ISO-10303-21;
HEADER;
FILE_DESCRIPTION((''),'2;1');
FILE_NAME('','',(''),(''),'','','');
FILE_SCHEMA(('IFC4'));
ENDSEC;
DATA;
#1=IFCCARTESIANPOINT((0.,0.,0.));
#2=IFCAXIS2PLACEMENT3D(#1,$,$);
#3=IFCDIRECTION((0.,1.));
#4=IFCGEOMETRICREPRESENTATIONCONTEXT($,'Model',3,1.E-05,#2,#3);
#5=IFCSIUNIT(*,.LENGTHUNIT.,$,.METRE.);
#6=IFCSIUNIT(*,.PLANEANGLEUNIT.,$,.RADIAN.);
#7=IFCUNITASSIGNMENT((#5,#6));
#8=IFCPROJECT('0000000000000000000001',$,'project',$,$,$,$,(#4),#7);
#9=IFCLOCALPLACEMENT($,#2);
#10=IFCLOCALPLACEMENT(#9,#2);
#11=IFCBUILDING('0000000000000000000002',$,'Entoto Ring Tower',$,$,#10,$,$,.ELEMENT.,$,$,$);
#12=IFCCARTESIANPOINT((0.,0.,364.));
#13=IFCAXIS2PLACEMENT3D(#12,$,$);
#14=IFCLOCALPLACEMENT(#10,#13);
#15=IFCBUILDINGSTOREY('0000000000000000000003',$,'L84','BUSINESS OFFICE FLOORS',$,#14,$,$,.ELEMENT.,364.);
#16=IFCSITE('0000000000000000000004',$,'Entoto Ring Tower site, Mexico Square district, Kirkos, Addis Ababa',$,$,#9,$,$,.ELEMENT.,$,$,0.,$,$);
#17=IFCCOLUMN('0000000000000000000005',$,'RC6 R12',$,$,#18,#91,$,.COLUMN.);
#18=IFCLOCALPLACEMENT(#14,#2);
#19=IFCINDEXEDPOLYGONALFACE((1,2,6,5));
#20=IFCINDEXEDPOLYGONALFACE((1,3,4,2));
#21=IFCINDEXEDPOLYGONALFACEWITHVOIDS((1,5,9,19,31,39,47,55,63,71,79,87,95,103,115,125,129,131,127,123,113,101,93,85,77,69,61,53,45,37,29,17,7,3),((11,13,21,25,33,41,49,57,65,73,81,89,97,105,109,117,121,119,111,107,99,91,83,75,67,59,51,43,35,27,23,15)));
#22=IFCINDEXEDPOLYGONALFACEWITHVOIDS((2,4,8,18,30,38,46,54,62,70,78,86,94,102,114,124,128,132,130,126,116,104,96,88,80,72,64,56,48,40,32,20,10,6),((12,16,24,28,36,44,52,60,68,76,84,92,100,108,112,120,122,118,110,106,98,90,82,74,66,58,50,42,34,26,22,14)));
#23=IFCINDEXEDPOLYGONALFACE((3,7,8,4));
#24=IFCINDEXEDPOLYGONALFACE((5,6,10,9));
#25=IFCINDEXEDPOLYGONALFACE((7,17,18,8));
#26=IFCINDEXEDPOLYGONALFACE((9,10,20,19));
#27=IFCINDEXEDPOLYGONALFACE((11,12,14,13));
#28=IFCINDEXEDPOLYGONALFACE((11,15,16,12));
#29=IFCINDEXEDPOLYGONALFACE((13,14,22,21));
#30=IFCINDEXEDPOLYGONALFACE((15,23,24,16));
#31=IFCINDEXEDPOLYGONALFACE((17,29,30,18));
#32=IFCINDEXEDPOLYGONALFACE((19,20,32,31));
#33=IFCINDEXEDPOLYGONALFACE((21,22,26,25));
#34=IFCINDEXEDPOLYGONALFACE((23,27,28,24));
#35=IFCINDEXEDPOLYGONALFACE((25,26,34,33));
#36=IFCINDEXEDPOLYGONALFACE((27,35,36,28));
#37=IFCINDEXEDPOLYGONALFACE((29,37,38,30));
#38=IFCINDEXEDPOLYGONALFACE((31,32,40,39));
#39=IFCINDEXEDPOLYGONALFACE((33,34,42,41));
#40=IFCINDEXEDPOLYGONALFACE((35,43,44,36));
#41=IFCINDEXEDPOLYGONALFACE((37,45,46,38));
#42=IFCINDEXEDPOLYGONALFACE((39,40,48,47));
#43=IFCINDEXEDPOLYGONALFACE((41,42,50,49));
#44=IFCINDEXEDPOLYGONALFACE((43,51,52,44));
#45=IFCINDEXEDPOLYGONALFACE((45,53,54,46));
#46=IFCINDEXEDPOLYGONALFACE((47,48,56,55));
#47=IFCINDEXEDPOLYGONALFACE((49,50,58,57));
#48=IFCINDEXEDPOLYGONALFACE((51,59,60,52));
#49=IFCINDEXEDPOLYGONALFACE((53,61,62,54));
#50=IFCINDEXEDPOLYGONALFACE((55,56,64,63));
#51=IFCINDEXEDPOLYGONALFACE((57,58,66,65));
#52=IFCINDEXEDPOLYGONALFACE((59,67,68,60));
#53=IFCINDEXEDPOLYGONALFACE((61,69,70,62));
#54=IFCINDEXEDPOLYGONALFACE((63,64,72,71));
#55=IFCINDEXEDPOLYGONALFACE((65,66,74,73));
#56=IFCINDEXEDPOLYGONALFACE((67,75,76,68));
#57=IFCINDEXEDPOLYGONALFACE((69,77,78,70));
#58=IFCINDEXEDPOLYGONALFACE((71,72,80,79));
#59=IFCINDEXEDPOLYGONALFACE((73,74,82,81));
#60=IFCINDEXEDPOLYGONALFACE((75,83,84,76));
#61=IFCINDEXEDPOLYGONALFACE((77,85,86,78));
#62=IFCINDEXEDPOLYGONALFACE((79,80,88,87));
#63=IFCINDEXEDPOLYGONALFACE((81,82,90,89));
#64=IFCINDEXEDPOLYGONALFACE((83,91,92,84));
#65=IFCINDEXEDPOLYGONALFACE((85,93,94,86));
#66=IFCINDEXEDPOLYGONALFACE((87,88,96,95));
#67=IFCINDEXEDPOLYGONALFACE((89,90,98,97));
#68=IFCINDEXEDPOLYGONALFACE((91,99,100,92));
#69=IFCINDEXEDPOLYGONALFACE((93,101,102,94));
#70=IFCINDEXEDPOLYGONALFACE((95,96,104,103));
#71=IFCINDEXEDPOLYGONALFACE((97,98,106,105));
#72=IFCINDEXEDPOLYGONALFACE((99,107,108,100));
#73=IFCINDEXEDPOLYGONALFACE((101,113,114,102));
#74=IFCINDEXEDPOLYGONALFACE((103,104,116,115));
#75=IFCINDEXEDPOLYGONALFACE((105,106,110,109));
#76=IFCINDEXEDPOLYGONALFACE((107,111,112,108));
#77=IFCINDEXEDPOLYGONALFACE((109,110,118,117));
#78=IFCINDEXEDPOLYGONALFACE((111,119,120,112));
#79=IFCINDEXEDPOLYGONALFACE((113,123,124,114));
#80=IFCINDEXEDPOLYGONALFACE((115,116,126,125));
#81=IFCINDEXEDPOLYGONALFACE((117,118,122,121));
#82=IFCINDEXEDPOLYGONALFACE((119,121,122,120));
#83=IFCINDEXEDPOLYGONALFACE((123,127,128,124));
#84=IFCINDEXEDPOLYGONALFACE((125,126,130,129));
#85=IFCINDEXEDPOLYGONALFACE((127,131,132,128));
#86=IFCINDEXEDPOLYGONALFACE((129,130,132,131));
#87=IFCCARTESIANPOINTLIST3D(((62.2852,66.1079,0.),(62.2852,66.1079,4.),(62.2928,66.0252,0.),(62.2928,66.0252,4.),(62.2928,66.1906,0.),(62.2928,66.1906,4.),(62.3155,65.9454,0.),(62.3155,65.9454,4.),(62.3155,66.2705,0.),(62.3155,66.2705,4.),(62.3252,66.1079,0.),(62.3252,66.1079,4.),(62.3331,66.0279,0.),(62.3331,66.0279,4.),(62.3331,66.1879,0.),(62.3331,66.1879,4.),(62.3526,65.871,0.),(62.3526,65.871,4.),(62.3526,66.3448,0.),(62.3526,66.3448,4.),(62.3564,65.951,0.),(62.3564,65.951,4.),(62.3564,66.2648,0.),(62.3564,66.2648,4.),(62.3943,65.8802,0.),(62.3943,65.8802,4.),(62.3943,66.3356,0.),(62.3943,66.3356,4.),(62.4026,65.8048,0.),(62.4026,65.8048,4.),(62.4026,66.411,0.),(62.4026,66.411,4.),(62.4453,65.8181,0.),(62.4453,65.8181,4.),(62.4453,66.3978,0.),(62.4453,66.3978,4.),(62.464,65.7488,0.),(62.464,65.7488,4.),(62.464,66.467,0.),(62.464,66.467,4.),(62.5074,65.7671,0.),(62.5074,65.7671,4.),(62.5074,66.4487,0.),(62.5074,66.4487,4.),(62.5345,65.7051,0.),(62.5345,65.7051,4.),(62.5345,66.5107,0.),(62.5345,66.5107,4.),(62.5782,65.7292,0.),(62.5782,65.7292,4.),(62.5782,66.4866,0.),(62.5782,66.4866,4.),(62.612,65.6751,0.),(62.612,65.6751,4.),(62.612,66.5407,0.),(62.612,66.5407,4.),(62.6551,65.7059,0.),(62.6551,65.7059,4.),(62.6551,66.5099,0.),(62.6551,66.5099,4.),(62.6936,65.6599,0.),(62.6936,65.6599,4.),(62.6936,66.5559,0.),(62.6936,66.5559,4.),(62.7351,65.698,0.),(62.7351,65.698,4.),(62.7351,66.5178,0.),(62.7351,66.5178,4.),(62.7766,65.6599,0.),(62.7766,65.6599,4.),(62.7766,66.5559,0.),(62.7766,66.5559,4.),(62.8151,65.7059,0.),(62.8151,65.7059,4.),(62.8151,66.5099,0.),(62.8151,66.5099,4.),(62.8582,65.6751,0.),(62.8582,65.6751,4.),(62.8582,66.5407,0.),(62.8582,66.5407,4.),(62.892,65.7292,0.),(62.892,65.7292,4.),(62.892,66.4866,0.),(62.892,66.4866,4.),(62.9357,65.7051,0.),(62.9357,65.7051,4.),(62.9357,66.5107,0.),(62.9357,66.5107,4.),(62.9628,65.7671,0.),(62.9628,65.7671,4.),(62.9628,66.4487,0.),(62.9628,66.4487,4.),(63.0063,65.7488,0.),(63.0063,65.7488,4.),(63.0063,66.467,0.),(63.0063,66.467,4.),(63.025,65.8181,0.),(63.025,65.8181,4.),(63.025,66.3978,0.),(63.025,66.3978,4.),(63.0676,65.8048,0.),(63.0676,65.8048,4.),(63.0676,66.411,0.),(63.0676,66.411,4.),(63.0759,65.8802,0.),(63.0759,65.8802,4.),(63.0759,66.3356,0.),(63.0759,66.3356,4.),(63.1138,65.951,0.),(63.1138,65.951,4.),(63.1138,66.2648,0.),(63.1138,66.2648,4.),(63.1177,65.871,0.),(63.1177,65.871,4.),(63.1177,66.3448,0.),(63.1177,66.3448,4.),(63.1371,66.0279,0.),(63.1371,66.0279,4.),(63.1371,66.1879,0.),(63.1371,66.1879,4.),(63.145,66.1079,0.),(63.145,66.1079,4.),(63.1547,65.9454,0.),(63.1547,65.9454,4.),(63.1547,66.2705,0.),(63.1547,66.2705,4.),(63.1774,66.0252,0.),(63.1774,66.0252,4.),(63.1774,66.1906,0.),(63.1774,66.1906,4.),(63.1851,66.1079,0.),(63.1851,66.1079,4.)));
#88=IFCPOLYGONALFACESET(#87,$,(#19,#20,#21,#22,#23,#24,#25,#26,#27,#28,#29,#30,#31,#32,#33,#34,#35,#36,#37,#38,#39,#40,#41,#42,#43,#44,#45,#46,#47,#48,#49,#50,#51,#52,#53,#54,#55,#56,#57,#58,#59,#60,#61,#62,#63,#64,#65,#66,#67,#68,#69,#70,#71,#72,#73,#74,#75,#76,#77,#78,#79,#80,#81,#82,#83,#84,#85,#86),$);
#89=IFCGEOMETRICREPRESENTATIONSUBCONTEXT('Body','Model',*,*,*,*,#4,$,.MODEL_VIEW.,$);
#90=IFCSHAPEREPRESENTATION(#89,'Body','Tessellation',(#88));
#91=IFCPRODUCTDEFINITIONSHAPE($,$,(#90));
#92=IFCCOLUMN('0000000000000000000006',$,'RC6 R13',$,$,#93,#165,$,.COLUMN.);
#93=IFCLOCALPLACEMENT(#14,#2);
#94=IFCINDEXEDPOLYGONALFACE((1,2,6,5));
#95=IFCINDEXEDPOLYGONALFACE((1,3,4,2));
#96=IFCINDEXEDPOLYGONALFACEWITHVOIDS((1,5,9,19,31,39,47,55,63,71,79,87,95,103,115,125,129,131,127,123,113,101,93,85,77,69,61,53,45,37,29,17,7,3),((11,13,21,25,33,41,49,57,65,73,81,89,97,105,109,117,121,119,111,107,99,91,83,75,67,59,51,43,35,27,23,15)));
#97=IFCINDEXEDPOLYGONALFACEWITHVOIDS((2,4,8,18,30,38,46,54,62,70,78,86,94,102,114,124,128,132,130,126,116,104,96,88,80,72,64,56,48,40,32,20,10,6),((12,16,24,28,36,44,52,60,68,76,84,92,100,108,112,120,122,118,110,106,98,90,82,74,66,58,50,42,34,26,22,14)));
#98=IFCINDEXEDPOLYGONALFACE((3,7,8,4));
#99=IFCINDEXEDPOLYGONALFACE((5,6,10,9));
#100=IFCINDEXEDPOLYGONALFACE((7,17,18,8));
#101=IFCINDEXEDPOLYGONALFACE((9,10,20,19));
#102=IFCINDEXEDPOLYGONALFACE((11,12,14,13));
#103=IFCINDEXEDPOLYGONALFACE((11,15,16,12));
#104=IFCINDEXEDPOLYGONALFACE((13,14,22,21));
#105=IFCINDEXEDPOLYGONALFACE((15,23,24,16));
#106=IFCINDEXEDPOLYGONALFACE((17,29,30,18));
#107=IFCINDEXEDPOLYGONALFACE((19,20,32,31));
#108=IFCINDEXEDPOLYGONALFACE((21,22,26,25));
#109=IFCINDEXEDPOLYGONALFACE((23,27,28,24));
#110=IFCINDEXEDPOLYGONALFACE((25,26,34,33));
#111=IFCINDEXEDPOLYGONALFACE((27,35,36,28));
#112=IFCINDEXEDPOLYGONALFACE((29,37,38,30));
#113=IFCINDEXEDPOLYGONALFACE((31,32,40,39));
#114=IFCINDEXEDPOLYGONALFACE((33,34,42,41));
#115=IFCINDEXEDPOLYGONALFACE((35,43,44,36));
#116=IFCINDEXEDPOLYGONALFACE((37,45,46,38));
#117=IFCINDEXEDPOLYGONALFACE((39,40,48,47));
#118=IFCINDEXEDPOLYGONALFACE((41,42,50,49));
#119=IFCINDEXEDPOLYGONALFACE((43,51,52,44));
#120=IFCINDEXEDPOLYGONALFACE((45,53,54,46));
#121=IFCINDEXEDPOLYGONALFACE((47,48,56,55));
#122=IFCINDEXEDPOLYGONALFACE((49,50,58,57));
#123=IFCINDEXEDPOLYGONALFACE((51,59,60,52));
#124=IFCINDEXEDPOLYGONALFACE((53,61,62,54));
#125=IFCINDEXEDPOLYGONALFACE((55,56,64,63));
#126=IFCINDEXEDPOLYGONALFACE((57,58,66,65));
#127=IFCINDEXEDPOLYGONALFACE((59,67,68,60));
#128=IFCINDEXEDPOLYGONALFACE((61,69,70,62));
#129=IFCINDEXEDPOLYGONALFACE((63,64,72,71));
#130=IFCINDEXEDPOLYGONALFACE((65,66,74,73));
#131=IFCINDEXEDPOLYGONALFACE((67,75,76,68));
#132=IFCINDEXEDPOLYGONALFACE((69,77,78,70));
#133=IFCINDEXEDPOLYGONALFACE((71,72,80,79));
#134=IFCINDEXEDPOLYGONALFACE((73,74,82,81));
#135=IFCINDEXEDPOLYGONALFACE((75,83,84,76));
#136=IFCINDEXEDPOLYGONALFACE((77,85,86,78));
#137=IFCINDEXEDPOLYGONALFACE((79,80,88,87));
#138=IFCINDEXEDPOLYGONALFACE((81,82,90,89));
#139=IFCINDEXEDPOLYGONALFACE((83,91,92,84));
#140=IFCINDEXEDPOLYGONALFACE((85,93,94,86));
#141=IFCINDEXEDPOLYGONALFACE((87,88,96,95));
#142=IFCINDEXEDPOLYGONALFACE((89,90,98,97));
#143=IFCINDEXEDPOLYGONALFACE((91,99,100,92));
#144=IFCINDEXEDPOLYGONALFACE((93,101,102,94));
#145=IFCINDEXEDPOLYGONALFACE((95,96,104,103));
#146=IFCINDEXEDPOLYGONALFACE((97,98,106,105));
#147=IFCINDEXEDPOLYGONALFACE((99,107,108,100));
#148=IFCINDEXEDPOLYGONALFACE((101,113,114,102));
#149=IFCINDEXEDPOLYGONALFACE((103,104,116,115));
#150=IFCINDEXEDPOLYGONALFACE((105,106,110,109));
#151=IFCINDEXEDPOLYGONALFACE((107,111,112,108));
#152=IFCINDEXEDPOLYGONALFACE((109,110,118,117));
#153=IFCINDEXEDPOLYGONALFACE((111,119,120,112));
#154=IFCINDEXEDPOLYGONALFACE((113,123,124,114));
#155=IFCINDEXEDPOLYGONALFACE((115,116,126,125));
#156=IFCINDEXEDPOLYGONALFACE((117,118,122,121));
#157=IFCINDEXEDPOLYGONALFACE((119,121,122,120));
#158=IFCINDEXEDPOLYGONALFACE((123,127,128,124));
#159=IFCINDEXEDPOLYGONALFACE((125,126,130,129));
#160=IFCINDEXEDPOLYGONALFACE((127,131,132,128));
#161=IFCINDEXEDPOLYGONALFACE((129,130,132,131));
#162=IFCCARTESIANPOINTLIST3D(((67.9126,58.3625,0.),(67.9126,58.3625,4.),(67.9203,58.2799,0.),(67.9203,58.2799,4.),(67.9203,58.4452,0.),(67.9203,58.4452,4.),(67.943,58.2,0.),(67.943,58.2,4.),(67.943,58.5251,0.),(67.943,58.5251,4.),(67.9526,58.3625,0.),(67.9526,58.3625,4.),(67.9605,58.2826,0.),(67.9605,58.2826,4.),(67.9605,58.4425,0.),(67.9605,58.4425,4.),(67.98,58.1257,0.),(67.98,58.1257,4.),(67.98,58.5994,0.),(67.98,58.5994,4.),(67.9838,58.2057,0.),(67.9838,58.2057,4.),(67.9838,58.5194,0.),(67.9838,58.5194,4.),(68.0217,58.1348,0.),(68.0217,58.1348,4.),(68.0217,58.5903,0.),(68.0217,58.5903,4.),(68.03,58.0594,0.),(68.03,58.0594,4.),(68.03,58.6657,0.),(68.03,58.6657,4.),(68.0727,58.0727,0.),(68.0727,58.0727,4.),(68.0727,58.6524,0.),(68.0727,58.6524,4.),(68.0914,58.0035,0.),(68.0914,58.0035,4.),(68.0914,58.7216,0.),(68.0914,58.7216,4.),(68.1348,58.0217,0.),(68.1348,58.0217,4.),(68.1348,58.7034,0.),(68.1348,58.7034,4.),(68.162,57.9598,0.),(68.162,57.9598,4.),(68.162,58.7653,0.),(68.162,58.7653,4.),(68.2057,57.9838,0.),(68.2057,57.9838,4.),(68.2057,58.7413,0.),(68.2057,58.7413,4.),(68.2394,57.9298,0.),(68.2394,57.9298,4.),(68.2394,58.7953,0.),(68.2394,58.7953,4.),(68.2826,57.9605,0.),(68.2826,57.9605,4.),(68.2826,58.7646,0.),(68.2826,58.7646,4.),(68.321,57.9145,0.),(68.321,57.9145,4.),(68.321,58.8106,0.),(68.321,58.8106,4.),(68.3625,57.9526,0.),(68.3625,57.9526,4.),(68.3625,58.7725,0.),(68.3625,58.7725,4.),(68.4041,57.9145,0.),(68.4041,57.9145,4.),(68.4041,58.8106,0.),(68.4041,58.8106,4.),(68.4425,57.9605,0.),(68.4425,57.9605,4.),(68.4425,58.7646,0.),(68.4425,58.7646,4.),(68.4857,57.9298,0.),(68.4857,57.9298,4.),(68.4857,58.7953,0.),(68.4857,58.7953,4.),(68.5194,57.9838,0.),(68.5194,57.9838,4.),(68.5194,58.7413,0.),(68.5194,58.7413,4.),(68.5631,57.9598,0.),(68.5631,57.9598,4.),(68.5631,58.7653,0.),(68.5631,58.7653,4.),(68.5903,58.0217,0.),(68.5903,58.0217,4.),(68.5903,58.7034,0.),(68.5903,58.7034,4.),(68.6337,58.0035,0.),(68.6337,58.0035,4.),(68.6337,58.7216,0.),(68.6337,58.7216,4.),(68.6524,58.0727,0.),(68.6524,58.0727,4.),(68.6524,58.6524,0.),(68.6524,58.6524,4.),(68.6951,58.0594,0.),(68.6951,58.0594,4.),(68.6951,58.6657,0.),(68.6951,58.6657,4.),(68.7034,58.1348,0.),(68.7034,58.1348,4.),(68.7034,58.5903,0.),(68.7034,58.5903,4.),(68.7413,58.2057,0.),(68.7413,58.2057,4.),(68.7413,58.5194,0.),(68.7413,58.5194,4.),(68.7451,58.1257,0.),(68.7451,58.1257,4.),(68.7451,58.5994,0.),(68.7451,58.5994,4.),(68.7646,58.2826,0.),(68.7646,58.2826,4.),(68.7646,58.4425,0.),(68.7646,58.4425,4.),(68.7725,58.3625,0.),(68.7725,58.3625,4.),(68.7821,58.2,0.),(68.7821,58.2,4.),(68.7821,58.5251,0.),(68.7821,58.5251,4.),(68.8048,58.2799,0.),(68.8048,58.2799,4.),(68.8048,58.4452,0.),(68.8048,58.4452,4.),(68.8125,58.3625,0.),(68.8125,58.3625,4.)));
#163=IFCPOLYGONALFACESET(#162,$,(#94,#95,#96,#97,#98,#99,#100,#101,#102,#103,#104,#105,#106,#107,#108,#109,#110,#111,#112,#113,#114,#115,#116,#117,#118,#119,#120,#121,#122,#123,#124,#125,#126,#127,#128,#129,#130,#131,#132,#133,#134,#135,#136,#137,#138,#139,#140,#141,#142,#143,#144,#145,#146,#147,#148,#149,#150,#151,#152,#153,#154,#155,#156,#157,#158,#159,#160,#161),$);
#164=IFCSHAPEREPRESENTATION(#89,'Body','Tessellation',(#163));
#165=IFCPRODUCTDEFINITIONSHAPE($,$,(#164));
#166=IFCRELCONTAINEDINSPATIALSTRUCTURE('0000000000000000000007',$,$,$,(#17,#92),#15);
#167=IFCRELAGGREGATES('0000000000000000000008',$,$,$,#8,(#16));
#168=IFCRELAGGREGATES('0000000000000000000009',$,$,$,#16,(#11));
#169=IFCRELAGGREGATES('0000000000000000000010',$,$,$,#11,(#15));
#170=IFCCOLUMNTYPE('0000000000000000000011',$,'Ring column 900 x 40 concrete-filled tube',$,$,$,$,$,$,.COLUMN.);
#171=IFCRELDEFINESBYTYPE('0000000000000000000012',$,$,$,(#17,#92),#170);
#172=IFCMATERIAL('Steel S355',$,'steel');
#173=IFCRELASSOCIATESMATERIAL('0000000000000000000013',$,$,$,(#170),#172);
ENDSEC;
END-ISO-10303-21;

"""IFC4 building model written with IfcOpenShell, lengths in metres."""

from ifc_helpers import new_model, si_unit, direction, frame, origin, origin_2d, place, context, subcontext, project, spatial, circle, hollow_circle, extrude, material, material_profile, profile_set, type_object, element, save


model = new_model("IFC4")

# Units and contexts
model_context = context("Model", 3, precision=1e-05, world=origin(), true_north=direction((0.0, 1.0)))
body_context = subcontext(model_context, "Body", "Model", "MODEL_VIEW")
ifc_project = project(units=[si_unit("LENGTHUNIT", "METRE"), si_unit("PLANEANGLEUNIT", "RADIAN")], contexts=[model_context])

# Site, building, storey
site_placement = place(None, origin())
site = spatial("IfcSite", under=ifc_project, at=site_placement, Name="Entoto Ring Tower site, Mexico Square district, Kirkos, Addis Ababa", CompositionType="ELEMENT", RefElevation=0.0)
building_placement = place(site_placement, origin())
building = spatial("IfcBuilding", under=site, at=building_placement, Name="Entoto Ring Tower", CompositionType="ELEMENT")
storey_placement = place(building_placement, frame((0.0, 0.0, 364.0)))
storey = spatial("IfcBuildingStorey", under=building, at=storey_placement, Name="L84", Description="BUSINESS OFFICE FLOORS", CompositionType="ELEMENT", Elevation=364.0)

# Columns
ifc_material_1 = material(Name="Steel S355", Category="steel")
ifc_material_profile_1 = material_profile(ifc_material_1, hollow_circle(Radius=0.45, WallThickness=0.04, at=origin_2d()), Name="CHS 900 x 40")
ifc_material_2 = material(Name="Concrete C60/75", Category="concrete")
ifc_material_profile_2 = material_profile(ifc_material_2, circle(Radius=0.4099, at=origin_2d()), Name="Concrete C60/75 infill")
ifc_profile_set_1 = profile_set([ifc_material_profile_1, ifc_material_profile_2], Name="Steel S355")
column_type = type_object("IfcColumnType", Name="Ring column 900 x 40 concrete-filled tube", PredefinedType="COLUMN", material=ifc_profile_set_1)
for number, where, z_axis, x_axis, name in (
    (1, (62.7351, 66.1079, 0.0), (0.0, 0.0, 1.0), (1.0, 0.0, 0.0), "RC6 R12"),
    (2, (68.3625, 58.3625, 0.0), (0.0, 0.0, 1.0), (1.0, 0.0, 0.0), "RC6 R13"),
):
    element("IfcColumn", number, at=place(storey_placement, frame(where, z_axis=z_axis, x_axis=x_axis)), inside=storey, type_object=column_type, Name=name, PredefinedType="COLUMN", context=body_context, shape_type="SweptSolid", body=[
        extrude(hollow_circle(Radius=0.45, WallThickness=0.04, at=origin_2d()), origin(), (0.0, 0.0, 1.0), 4.0),
    ])

save(model, "model.ifc")
